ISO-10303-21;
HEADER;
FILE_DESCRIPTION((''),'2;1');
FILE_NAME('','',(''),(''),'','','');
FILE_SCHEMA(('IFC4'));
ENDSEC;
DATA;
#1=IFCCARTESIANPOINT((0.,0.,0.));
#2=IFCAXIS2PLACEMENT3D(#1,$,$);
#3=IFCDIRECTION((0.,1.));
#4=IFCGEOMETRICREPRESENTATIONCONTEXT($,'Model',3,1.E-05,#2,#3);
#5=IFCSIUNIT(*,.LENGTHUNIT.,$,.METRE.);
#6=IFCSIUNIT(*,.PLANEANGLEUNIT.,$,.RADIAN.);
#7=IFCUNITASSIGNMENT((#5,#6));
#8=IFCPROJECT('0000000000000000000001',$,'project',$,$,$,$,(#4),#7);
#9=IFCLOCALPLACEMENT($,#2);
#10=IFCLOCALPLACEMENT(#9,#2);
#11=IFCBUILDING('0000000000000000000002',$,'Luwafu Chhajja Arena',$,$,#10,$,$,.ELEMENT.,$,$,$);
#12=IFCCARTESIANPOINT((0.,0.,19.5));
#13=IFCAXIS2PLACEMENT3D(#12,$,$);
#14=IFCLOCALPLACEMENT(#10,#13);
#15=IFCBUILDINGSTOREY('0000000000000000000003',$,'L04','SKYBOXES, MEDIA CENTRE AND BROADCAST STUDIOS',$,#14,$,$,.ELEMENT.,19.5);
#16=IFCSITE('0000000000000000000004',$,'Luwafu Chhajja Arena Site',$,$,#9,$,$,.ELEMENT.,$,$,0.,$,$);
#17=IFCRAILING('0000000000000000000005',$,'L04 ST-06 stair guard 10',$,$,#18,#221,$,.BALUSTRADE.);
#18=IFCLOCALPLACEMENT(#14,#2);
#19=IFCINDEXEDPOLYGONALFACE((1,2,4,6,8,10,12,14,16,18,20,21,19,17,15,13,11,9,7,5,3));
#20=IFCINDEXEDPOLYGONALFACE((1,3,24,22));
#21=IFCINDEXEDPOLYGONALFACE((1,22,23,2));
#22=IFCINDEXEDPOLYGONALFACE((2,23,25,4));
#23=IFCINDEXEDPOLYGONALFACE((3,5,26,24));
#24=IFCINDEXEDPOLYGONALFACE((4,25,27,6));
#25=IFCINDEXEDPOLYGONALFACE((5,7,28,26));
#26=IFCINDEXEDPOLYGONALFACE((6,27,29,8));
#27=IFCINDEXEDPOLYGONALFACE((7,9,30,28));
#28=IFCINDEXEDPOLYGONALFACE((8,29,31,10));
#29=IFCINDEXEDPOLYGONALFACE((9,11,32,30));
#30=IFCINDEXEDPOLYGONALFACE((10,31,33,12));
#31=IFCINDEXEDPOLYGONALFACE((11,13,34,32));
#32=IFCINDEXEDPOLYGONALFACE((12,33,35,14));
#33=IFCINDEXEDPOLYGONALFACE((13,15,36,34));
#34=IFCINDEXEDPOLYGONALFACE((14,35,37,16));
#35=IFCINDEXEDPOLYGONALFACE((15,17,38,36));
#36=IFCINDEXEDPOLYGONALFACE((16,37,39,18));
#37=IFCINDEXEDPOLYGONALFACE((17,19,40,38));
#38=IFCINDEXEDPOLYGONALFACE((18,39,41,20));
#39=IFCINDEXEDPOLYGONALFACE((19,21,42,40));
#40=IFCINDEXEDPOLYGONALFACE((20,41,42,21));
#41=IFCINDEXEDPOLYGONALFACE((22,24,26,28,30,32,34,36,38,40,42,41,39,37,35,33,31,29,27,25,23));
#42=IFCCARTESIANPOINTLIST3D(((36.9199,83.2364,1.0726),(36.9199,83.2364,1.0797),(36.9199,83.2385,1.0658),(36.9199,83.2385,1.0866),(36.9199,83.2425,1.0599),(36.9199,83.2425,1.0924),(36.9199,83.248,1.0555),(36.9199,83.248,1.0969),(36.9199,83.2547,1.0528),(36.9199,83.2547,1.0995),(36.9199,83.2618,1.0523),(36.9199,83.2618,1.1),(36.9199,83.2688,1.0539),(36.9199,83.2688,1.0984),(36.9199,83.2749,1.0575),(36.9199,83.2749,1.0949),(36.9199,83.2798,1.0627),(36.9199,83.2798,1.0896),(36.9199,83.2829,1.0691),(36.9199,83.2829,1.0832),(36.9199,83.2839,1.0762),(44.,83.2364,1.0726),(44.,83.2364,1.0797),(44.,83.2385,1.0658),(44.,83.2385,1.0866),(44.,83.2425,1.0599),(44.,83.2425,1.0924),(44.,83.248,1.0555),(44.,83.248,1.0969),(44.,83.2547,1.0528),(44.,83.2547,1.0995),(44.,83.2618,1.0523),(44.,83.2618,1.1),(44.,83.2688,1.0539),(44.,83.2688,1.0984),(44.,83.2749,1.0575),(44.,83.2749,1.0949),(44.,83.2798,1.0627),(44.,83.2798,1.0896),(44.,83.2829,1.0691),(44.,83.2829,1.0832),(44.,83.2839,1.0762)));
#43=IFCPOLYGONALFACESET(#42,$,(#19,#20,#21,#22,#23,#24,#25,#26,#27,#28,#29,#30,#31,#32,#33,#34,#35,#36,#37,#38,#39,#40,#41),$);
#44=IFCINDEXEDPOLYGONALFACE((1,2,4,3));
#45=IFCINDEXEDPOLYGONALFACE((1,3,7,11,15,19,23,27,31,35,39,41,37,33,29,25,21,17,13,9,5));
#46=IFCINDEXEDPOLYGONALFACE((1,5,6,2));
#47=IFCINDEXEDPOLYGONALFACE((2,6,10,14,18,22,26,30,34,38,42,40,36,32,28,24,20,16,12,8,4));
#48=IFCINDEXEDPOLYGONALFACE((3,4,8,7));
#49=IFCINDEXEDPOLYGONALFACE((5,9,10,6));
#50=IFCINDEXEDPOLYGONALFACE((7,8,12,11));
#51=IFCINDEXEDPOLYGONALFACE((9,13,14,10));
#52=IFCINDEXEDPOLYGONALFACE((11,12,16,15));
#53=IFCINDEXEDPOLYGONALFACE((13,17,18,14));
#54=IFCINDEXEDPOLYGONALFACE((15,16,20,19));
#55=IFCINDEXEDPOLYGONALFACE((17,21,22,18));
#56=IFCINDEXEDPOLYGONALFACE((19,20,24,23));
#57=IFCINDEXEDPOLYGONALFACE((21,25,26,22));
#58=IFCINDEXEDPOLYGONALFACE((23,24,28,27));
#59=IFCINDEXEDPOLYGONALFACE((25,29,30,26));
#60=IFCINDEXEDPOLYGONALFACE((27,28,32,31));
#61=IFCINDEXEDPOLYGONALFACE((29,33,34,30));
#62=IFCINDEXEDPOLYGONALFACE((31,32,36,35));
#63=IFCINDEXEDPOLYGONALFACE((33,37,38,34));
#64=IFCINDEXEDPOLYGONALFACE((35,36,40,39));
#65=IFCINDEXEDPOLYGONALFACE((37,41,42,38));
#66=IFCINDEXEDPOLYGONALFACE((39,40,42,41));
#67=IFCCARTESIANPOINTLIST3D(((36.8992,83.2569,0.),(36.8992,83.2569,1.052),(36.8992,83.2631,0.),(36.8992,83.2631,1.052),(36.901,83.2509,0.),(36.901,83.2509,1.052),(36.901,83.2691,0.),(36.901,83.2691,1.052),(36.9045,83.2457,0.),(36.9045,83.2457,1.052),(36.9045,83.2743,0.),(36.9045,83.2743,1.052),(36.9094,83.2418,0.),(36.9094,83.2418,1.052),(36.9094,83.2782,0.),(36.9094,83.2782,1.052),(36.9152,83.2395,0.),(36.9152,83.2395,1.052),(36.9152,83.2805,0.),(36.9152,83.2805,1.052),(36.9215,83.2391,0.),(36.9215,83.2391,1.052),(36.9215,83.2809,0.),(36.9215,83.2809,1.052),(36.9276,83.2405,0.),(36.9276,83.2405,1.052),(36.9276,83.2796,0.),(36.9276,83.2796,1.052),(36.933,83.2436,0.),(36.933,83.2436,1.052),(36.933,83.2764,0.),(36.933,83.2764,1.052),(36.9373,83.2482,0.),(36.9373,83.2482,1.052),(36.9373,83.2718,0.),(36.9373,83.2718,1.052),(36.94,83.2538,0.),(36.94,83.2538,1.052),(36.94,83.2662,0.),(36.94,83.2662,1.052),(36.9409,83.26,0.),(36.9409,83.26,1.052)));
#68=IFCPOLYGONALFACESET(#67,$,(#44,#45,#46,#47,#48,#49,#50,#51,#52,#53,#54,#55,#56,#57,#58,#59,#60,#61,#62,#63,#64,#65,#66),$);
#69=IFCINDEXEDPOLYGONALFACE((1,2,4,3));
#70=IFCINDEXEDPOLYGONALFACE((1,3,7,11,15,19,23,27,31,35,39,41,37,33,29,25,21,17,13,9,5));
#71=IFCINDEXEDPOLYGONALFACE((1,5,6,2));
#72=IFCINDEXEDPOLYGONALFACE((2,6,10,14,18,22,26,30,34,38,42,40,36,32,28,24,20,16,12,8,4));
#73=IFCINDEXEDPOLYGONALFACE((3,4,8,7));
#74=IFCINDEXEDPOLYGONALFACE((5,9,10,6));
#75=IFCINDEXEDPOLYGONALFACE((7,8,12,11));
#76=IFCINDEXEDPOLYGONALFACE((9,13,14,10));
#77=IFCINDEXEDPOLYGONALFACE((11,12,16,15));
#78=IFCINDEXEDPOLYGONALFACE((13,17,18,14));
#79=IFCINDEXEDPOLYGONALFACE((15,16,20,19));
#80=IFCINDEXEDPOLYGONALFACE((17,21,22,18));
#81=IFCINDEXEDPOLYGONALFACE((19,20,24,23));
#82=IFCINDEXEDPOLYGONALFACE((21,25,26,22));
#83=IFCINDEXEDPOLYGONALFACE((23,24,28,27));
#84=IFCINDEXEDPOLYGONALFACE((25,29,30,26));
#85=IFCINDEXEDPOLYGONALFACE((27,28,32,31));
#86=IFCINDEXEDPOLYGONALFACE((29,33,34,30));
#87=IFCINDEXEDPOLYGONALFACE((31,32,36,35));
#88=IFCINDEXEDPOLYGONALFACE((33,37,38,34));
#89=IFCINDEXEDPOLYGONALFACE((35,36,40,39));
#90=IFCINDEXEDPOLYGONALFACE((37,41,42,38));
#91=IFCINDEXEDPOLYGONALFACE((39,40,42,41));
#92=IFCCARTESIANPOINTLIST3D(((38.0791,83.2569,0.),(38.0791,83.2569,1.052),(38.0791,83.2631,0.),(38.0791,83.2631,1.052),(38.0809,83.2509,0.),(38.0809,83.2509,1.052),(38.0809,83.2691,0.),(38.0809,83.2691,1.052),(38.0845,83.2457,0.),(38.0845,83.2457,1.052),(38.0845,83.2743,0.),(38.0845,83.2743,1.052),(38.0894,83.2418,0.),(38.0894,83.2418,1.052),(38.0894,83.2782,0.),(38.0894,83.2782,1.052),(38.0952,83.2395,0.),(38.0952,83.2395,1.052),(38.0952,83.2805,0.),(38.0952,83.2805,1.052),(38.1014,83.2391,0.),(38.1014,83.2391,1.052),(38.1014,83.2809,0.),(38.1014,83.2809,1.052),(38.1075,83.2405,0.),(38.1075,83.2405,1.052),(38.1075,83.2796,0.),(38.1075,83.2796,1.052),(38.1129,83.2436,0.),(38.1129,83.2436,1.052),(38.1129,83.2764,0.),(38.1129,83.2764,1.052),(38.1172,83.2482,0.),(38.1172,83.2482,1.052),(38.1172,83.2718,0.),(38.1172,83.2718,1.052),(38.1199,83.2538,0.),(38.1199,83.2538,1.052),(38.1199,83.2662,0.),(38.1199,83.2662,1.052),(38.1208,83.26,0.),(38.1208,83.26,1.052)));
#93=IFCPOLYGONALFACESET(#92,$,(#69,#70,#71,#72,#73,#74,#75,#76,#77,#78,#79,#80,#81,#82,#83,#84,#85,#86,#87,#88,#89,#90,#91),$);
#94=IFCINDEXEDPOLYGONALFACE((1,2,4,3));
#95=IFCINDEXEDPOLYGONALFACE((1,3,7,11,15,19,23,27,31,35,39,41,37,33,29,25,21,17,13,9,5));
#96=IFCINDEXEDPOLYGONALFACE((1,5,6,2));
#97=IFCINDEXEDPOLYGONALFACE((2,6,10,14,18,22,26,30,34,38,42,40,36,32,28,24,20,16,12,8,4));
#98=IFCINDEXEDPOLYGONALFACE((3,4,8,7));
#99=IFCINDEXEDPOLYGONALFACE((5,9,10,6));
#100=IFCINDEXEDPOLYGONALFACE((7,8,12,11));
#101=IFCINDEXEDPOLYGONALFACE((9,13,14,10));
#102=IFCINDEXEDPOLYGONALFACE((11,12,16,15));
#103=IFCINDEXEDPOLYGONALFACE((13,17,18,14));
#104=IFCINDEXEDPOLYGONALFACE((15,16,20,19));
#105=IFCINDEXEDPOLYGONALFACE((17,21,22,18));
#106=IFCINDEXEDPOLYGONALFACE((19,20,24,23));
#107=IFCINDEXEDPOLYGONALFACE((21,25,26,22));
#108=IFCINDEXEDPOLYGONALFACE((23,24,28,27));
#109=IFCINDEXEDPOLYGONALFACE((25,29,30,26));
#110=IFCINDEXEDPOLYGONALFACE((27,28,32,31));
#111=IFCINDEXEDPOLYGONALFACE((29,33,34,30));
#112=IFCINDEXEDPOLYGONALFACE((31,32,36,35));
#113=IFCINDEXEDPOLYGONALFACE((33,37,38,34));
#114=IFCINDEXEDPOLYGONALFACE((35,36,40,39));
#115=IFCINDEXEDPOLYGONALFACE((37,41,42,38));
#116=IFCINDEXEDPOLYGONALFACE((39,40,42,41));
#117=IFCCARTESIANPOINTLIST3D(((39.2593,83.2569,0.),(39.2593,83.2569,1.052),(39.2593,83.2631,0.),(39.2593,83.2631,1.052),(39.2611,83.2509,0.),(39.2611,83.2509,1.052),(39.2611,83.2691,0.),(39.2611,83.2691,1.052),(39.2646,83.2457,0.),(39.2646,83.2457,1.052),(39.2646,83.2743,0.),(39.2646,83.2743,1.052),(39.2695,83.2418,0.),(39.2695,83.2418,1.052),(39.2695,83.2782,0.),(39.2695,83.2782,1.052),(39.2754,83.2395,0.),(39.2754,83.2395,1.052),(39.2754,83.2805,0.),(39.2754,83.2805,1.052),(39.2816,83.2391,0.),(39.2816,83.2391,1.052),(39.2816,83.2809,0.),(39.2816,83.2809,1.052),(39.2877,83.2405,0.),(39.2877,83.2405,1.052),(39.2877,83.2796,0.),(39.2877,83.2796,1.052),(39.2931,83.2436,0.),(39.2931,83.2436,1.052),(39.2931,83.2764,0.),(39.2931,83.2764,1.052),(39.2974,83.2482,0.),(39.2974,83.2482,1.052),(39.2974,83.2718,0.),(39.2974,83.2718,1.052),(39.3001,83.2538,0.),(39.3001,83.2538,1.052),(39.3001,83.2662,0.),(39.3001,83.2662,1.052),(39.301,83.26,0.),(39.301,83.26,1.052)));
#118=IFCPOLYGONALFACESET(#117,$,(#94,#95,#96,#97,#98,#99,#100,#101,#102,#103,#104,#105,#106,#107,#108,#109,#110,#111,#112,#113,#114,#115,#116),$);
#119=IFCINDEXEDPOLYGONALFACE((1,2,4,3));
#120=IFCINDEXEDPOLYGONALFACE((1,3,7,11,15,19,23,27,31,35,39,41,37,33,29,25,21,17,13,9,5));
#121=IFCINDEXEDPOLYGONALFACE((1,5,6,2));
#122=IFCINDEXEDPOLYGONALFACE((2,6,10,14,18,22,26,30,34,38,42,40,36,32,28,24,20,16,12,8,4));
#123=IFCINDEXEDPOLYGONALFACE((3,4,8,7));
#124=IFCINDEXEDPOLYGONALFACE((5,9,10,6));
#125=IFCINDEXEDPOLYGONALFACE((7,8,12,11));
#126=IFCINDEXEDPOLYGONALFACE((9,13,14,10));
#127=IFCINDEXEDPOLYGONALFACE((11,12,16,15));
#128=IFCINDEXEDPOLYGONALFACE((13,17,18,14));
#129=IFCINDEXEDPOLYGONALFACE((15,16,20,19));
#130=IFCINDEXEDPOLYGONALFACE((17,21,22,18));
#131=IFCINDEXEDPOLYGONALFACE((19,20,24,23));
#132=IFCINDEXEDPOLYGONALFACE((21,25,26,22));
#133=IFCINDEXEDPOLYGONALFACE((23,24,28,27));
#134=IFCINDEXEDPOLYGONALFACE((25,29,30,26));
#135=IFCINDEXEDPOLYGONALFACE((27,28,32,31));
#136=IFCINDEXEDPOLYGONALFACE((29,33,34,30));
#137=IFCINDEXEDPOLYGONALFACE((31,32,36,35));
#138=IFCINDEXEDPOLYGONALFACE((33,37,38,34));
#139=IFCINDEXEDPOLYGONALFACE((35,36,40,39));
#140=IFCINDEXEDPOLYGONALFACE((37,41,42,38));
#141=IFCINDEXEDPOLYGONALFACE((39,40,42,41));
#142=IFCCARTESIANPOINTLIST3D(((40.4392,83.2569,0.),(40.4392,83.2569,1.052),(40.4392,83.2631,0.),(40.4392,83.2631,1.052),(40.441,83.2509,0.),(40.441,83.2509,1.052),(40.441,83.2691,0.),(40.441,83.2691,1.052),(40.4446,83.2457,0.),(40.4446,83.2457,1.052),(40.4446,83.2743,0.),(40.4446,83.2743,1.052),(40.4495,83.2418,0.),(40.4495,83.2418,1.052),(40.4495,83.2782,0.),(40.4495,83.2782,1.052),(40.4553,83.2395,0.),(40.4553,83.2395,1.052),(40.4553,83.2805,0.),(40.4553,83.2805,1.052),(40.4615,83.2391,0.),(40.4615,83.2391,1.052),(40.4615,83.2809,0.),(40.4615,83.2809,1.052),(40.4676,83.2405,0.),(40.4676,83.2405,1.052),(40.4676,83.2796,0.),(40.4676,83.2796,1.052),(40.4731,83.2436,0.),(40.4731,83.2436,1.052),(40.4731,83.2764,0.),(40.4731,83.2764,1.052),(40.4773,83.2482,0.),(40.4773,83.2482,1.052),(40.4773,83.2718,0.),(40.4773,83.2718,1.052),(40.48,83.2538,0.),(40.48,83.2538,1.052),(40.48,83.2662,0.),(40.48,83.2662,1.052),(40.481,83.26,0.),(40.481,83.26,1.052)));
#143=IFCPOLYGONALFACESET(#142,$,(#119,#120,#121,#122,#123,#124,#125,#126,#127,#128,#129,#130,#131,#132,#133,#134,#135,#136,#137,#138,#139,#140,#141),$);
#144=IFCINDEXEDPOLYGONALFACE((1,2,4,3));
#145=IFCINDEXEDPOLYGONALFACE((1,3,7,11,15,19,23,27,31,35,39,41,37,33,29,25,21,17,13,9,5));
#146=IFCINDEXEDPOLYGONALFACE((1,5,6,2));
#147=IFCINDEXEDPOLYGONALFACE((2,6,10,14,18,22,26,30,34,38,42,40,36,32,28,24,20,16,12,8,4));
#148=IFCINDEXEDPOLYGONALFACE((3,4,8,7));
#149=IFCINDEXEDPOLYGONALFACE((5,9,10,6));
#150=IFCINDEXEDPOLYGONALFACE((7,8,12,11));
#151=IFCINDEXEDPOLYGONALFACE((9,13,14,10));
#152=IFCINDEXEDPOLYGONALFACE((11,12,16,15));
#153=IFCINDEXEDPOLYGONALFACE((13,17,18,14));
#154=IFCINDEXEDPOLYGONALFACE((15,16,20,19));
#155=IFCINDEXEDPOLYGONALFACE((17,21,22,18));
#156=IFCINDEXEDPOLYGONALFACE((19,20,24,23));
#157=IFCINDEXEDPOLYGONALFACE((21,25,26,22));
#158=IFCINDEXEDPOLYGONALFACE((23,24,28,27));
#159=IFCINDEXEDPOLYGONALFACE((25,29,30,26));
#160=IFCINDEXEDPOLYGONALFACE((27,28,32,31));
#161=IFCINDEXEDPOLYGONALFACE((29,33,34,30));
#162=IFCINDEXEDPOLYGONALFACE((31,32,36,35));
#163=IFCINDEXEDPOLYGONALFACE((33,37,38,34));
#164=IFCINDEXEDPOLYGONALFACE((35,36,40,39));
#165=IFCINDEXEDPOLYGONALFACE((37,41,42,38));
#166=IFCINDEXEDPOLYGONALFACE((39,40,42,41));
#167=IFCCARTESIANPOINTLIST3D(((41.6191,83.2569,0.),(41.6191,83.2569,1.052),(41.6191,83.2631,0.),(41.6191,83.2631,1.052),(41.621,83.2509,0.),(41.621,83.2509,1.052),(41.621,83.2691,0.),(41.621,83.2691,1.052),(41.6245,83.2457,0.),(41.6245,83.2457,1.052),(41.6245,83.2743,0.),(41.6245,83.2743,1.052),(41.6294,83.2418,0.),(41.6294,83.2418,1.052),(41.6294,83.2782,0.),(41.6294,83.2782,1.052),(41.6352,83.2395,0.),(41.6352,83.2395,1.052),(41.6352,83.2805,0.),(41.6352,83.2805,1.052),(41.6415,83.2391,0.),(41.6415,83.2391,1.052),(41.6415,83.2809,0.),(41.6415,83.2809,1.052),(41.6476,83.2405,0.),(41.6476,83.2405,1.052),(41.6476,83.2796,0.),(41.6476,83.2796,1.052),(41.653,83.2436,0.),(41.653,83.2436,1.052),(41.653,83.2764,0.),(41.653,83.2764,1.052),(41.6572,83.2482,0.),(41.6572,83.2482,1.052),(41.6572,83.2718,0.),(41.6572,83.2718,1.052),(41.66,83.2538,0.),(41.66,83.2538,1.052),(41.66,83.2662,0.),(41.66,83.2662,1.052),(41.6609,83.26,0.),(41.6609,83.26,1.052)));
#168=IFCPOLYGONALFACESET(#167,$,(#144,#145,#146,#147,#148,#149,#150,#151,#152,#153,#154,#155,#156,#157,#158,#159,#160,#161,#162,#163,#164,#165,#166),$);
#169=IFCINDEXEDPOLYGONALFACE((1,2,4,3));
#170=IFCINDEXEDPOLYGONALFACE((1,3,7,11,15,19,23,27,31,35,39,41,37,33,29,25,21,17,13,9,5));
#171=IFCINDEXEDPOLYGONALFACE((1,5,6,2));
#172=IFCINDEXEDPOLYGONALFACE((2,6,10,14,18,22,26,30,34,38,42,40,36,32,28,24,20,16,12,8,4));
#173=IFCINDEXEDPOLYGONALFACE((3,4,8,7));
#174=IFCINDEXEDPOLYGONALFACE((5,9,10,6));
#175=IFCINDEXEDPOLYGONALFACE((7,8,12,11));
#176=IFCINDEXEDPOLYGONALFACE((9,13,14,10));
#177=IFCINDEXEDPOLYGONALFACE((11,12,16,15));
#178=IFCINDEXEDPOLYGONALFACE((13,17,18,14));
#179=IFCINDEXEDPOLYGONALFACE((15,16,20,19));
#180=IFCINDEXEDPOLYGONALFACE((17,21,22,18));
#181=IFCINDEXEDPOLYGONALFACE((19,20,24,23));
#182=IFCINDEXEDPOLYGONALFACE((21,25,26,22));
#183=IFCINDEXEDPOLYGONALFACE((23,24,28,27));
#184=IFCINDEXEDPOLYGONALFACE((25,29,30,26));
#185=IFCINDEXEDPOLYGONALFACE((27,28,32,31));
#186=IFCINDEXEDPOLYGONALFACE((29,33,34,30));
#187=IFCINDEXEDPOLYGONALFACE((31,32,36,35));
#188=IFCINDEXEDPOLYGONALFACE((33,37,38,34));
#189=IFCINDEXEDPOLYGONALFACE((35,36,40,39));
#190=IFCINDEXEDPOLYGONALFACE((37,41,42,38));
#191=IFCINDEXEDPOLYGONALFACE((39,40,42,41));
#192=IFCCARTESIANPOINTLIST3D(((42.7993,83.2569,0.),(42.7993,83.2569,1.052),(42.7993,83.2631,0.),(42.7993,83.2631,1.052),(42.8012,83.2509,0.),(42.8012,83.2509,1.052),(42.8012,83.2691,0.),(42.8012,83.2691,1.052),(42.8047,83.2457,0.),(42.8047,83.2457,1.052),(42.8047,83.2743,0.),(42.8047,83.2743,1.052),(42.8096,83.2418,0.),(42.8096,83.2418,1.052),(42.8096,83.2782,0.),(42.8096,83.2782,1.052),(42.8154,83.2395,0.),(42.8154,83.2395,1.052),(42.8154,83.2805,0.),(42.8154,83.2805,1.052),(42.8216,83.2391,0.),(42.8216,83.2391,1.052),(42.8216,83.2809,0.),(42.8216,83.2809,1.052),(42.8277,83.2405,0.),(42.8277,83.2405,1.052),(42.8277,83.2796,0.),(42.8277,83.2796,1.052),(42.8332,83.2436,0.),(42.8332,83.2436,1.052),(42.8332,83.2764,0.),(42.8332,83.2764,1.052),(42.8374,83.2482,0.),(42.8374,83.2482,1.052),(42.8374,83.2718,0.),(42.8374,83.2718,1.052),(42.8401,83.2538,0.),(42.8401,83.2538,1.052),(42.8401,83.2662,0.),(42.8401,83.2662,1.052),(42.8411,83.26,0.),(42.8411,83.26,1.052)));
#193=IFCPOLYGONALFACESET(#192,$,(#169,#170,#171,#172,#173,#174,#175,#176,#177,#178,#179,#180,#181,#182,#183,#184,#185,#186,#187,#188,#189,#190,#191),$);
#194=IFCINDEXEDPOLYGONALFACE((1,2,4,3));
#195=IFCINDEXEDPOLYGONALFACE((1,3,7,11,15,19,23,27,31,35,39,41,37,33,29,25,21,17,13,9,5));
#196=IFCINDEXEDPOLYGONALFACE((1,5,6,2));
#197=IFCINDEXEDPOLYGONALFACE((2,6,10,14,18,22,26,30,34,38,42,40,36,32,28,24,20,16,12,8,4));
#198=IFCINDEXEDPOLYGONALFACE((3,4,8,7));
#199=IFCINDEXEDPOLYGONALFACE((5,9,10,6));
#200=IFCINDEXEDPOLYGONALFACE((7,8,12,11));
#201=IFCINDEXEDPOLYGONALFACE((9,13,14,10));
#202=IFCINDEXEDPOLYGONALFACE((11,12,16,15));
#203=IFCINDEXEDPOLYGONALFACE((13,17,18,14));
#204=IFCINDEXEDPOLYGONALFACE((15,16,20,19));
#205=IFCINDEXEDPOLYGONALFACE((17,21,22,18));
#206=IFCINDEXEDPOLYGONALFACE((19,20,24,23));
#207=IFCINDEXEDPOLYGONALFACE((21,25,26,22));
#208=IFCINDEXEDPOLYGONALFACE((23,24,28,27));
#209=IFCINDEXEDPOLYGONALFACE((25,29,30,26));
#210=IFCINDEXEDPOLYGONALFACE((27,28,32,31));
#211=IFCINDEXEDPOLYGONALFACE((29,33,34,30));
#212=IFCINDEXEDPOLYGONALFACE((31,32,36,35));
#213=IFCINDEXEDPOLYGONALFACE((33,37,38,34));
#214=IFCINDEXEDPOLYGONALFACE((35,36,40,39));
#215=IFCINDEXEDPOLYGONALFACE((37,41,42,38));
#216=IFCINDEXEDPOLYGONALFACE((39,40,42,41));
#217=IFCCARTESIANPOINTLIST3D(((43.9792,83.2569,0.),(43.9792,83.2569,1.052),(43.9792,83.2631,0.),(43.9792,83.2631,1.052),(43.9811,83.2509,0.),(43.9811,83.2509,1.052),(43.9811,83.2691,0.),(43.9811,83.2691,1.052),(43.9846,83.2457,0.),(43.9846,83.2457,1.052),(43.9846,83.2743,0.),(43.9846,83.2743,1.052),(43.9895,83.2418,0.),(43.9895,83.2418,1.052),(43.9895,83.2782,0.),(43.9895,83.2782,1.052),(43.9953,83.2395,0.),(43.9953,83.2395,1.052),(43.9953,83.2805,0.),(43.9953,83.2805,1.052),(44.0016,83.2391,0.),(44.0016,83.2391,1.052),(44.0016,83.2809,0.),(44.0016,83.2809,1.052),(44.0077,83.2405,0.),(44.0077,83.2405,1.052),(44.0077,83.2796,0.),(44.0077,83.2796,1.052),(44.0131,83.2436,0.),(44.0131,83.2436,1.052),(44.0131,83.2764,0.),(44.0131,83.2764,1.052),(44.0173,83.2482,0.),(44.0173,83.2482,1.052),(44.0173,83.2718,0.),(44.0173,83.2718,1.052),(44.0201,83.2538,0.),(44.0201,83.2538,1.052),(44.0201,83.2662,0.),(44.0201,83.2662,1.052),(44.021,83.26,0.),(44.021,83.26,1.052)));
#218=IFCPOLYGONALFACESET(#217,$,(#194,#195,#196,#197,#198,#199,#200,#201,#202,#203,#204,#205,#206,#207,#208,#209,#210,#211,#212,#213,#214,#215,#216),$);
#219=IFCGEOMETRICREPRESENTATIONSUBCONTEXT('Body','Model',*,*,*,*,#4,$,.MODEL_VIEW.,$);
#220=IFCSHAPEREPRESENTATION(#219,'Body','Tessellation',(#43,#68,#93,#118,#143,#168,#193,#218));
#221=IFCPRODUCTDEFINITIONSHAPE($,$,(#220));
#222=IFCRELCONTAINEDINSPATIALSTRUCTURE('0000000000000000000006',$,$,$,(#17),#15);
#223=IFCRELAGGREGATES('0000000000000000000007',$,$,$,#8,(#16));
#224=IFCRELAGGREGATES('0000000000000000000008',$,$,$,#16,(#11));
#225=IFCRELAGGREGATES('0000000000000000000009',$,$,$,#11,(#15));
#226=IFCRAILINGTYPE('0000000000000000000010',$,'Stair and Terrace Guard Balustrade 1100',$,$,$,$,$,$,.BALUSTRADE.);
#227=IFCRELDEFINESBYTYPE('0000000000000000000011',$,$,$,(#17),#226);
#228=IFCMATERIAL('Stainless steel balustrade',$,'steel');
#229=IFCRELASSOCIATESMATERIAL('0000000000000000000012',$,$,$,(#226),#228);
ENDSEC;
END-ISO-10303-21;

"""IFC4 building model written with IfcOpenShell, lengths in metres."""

from ifc_helpers import new_model, si_unit, direction, frame, origin, origin_2d, place, context, subcontext, project, spatial, circle, extrude, material, type_object, element, save


model = new_model("IFC4")

# Units and contexts
model_context = context("Model", 3, precision=1e-05, world=origin(), true_north=direction((0.0, 1.0)))
body_context = subcontext(model_context, "Body", "Model", "MODEL_VIEW")
ifc_project = project(units=[si_unit("LENGTHUNIT", "METRE"), si_unit("PLANEANGLEUNIT", "RADIAN")], contexts=[model_context])

# Site, building, storey
site_placement = place(None, origin())
site = spatial("IfcSite", under=ifc_project, at=site_placement, Name="Luwafu Chhajja Arena Site", CompositionType="ELEMENT", RefElevation=0.0)
building_placement = place(site_placement, origin())
building = spatial("IfcBuilding", under=site, at=building_placement, Name="Luwafu Chhajja Arena", CompositionType="ELEMENT")
storey_placement = place(building_placement, frame((0.0, 0.0, 19.5)))
storey = spatial("IfcBuildingStorey", under=building, at=storey_placement, Name="L04", Description="SKYBOXES, MEDIA CENTRE AND BROADCAST STUDIOS", CompositionType="ELEMENT", Elevation=19.5)

# Railing
ifc_material_1 = material(Name="Stainless steel balustrade", Category="steel")
railing_type = type_object("IfcRailingType", Name="Stair and Terrace Guard Balustrade 1100", PredefinedType="BALUSTRADE", material=ifc_material_1)
for number, where, name in (
    (1, (36.9199, 83.26, 0.0), "L04 ST-06 stair guard 10"),
):
    element("IfcRailing", number, at=place(storey_placement, frame(where)), inside=storey, type_object=railing_type, Name=name, PredefinedType="BALUSTRADE", context=body_context, shape_type="SweptSolid", body=[
        extrude(circle(Radius=0.0239, at=origin_2d()), frame((0.0, 0.0, 1.0762), z_axis=(1.0, 0.0, 0.0), x_axis=(0.0, 1.0, 0.0)), (0.0, 0.0, 1.0), 7.0801),
        extrude(circle(Radius=0.021, at=origin_2d()), origin(), (0.0, 0.0, 1.0), 1.052),
        extrude(circle(Radius=0.021, at=origin_2d()), frame((1.1799, 0.0, 0.0)), (0.0, 0.0, 1.0), 1.052),
        extrude(circle(Radius=0.021, at=origin_2d()), frame((2.3601, 0.0, 0.0)), (0.0, 0.0, 1.0), 1.052),
        extrude(circle(Radius=0.021, at=origin_2d()), frame((3.54, 0.0, 0.0)), (0.0, 0.0, 1.0), 1.052),
        extrude(circle(Radius=0.021, at=origin_2d()), frame((4.72, 0.0, 0.0)), (0.0, 0.0, 1.0), 1.052),
        extrude(circle(Radius=0.021, at=origin_2d()), frame((5.9001, 0.0, 0.0)), (0.0, 0.0, 1.0), 1.052),
        extrude(circle(Radius=0.021, at=origin_2d()), frame((7.0801, 0.0, 0.0)), (0.0, 0.0, 1.0), 1.052),
    ])

save(model, "model.ifc")
